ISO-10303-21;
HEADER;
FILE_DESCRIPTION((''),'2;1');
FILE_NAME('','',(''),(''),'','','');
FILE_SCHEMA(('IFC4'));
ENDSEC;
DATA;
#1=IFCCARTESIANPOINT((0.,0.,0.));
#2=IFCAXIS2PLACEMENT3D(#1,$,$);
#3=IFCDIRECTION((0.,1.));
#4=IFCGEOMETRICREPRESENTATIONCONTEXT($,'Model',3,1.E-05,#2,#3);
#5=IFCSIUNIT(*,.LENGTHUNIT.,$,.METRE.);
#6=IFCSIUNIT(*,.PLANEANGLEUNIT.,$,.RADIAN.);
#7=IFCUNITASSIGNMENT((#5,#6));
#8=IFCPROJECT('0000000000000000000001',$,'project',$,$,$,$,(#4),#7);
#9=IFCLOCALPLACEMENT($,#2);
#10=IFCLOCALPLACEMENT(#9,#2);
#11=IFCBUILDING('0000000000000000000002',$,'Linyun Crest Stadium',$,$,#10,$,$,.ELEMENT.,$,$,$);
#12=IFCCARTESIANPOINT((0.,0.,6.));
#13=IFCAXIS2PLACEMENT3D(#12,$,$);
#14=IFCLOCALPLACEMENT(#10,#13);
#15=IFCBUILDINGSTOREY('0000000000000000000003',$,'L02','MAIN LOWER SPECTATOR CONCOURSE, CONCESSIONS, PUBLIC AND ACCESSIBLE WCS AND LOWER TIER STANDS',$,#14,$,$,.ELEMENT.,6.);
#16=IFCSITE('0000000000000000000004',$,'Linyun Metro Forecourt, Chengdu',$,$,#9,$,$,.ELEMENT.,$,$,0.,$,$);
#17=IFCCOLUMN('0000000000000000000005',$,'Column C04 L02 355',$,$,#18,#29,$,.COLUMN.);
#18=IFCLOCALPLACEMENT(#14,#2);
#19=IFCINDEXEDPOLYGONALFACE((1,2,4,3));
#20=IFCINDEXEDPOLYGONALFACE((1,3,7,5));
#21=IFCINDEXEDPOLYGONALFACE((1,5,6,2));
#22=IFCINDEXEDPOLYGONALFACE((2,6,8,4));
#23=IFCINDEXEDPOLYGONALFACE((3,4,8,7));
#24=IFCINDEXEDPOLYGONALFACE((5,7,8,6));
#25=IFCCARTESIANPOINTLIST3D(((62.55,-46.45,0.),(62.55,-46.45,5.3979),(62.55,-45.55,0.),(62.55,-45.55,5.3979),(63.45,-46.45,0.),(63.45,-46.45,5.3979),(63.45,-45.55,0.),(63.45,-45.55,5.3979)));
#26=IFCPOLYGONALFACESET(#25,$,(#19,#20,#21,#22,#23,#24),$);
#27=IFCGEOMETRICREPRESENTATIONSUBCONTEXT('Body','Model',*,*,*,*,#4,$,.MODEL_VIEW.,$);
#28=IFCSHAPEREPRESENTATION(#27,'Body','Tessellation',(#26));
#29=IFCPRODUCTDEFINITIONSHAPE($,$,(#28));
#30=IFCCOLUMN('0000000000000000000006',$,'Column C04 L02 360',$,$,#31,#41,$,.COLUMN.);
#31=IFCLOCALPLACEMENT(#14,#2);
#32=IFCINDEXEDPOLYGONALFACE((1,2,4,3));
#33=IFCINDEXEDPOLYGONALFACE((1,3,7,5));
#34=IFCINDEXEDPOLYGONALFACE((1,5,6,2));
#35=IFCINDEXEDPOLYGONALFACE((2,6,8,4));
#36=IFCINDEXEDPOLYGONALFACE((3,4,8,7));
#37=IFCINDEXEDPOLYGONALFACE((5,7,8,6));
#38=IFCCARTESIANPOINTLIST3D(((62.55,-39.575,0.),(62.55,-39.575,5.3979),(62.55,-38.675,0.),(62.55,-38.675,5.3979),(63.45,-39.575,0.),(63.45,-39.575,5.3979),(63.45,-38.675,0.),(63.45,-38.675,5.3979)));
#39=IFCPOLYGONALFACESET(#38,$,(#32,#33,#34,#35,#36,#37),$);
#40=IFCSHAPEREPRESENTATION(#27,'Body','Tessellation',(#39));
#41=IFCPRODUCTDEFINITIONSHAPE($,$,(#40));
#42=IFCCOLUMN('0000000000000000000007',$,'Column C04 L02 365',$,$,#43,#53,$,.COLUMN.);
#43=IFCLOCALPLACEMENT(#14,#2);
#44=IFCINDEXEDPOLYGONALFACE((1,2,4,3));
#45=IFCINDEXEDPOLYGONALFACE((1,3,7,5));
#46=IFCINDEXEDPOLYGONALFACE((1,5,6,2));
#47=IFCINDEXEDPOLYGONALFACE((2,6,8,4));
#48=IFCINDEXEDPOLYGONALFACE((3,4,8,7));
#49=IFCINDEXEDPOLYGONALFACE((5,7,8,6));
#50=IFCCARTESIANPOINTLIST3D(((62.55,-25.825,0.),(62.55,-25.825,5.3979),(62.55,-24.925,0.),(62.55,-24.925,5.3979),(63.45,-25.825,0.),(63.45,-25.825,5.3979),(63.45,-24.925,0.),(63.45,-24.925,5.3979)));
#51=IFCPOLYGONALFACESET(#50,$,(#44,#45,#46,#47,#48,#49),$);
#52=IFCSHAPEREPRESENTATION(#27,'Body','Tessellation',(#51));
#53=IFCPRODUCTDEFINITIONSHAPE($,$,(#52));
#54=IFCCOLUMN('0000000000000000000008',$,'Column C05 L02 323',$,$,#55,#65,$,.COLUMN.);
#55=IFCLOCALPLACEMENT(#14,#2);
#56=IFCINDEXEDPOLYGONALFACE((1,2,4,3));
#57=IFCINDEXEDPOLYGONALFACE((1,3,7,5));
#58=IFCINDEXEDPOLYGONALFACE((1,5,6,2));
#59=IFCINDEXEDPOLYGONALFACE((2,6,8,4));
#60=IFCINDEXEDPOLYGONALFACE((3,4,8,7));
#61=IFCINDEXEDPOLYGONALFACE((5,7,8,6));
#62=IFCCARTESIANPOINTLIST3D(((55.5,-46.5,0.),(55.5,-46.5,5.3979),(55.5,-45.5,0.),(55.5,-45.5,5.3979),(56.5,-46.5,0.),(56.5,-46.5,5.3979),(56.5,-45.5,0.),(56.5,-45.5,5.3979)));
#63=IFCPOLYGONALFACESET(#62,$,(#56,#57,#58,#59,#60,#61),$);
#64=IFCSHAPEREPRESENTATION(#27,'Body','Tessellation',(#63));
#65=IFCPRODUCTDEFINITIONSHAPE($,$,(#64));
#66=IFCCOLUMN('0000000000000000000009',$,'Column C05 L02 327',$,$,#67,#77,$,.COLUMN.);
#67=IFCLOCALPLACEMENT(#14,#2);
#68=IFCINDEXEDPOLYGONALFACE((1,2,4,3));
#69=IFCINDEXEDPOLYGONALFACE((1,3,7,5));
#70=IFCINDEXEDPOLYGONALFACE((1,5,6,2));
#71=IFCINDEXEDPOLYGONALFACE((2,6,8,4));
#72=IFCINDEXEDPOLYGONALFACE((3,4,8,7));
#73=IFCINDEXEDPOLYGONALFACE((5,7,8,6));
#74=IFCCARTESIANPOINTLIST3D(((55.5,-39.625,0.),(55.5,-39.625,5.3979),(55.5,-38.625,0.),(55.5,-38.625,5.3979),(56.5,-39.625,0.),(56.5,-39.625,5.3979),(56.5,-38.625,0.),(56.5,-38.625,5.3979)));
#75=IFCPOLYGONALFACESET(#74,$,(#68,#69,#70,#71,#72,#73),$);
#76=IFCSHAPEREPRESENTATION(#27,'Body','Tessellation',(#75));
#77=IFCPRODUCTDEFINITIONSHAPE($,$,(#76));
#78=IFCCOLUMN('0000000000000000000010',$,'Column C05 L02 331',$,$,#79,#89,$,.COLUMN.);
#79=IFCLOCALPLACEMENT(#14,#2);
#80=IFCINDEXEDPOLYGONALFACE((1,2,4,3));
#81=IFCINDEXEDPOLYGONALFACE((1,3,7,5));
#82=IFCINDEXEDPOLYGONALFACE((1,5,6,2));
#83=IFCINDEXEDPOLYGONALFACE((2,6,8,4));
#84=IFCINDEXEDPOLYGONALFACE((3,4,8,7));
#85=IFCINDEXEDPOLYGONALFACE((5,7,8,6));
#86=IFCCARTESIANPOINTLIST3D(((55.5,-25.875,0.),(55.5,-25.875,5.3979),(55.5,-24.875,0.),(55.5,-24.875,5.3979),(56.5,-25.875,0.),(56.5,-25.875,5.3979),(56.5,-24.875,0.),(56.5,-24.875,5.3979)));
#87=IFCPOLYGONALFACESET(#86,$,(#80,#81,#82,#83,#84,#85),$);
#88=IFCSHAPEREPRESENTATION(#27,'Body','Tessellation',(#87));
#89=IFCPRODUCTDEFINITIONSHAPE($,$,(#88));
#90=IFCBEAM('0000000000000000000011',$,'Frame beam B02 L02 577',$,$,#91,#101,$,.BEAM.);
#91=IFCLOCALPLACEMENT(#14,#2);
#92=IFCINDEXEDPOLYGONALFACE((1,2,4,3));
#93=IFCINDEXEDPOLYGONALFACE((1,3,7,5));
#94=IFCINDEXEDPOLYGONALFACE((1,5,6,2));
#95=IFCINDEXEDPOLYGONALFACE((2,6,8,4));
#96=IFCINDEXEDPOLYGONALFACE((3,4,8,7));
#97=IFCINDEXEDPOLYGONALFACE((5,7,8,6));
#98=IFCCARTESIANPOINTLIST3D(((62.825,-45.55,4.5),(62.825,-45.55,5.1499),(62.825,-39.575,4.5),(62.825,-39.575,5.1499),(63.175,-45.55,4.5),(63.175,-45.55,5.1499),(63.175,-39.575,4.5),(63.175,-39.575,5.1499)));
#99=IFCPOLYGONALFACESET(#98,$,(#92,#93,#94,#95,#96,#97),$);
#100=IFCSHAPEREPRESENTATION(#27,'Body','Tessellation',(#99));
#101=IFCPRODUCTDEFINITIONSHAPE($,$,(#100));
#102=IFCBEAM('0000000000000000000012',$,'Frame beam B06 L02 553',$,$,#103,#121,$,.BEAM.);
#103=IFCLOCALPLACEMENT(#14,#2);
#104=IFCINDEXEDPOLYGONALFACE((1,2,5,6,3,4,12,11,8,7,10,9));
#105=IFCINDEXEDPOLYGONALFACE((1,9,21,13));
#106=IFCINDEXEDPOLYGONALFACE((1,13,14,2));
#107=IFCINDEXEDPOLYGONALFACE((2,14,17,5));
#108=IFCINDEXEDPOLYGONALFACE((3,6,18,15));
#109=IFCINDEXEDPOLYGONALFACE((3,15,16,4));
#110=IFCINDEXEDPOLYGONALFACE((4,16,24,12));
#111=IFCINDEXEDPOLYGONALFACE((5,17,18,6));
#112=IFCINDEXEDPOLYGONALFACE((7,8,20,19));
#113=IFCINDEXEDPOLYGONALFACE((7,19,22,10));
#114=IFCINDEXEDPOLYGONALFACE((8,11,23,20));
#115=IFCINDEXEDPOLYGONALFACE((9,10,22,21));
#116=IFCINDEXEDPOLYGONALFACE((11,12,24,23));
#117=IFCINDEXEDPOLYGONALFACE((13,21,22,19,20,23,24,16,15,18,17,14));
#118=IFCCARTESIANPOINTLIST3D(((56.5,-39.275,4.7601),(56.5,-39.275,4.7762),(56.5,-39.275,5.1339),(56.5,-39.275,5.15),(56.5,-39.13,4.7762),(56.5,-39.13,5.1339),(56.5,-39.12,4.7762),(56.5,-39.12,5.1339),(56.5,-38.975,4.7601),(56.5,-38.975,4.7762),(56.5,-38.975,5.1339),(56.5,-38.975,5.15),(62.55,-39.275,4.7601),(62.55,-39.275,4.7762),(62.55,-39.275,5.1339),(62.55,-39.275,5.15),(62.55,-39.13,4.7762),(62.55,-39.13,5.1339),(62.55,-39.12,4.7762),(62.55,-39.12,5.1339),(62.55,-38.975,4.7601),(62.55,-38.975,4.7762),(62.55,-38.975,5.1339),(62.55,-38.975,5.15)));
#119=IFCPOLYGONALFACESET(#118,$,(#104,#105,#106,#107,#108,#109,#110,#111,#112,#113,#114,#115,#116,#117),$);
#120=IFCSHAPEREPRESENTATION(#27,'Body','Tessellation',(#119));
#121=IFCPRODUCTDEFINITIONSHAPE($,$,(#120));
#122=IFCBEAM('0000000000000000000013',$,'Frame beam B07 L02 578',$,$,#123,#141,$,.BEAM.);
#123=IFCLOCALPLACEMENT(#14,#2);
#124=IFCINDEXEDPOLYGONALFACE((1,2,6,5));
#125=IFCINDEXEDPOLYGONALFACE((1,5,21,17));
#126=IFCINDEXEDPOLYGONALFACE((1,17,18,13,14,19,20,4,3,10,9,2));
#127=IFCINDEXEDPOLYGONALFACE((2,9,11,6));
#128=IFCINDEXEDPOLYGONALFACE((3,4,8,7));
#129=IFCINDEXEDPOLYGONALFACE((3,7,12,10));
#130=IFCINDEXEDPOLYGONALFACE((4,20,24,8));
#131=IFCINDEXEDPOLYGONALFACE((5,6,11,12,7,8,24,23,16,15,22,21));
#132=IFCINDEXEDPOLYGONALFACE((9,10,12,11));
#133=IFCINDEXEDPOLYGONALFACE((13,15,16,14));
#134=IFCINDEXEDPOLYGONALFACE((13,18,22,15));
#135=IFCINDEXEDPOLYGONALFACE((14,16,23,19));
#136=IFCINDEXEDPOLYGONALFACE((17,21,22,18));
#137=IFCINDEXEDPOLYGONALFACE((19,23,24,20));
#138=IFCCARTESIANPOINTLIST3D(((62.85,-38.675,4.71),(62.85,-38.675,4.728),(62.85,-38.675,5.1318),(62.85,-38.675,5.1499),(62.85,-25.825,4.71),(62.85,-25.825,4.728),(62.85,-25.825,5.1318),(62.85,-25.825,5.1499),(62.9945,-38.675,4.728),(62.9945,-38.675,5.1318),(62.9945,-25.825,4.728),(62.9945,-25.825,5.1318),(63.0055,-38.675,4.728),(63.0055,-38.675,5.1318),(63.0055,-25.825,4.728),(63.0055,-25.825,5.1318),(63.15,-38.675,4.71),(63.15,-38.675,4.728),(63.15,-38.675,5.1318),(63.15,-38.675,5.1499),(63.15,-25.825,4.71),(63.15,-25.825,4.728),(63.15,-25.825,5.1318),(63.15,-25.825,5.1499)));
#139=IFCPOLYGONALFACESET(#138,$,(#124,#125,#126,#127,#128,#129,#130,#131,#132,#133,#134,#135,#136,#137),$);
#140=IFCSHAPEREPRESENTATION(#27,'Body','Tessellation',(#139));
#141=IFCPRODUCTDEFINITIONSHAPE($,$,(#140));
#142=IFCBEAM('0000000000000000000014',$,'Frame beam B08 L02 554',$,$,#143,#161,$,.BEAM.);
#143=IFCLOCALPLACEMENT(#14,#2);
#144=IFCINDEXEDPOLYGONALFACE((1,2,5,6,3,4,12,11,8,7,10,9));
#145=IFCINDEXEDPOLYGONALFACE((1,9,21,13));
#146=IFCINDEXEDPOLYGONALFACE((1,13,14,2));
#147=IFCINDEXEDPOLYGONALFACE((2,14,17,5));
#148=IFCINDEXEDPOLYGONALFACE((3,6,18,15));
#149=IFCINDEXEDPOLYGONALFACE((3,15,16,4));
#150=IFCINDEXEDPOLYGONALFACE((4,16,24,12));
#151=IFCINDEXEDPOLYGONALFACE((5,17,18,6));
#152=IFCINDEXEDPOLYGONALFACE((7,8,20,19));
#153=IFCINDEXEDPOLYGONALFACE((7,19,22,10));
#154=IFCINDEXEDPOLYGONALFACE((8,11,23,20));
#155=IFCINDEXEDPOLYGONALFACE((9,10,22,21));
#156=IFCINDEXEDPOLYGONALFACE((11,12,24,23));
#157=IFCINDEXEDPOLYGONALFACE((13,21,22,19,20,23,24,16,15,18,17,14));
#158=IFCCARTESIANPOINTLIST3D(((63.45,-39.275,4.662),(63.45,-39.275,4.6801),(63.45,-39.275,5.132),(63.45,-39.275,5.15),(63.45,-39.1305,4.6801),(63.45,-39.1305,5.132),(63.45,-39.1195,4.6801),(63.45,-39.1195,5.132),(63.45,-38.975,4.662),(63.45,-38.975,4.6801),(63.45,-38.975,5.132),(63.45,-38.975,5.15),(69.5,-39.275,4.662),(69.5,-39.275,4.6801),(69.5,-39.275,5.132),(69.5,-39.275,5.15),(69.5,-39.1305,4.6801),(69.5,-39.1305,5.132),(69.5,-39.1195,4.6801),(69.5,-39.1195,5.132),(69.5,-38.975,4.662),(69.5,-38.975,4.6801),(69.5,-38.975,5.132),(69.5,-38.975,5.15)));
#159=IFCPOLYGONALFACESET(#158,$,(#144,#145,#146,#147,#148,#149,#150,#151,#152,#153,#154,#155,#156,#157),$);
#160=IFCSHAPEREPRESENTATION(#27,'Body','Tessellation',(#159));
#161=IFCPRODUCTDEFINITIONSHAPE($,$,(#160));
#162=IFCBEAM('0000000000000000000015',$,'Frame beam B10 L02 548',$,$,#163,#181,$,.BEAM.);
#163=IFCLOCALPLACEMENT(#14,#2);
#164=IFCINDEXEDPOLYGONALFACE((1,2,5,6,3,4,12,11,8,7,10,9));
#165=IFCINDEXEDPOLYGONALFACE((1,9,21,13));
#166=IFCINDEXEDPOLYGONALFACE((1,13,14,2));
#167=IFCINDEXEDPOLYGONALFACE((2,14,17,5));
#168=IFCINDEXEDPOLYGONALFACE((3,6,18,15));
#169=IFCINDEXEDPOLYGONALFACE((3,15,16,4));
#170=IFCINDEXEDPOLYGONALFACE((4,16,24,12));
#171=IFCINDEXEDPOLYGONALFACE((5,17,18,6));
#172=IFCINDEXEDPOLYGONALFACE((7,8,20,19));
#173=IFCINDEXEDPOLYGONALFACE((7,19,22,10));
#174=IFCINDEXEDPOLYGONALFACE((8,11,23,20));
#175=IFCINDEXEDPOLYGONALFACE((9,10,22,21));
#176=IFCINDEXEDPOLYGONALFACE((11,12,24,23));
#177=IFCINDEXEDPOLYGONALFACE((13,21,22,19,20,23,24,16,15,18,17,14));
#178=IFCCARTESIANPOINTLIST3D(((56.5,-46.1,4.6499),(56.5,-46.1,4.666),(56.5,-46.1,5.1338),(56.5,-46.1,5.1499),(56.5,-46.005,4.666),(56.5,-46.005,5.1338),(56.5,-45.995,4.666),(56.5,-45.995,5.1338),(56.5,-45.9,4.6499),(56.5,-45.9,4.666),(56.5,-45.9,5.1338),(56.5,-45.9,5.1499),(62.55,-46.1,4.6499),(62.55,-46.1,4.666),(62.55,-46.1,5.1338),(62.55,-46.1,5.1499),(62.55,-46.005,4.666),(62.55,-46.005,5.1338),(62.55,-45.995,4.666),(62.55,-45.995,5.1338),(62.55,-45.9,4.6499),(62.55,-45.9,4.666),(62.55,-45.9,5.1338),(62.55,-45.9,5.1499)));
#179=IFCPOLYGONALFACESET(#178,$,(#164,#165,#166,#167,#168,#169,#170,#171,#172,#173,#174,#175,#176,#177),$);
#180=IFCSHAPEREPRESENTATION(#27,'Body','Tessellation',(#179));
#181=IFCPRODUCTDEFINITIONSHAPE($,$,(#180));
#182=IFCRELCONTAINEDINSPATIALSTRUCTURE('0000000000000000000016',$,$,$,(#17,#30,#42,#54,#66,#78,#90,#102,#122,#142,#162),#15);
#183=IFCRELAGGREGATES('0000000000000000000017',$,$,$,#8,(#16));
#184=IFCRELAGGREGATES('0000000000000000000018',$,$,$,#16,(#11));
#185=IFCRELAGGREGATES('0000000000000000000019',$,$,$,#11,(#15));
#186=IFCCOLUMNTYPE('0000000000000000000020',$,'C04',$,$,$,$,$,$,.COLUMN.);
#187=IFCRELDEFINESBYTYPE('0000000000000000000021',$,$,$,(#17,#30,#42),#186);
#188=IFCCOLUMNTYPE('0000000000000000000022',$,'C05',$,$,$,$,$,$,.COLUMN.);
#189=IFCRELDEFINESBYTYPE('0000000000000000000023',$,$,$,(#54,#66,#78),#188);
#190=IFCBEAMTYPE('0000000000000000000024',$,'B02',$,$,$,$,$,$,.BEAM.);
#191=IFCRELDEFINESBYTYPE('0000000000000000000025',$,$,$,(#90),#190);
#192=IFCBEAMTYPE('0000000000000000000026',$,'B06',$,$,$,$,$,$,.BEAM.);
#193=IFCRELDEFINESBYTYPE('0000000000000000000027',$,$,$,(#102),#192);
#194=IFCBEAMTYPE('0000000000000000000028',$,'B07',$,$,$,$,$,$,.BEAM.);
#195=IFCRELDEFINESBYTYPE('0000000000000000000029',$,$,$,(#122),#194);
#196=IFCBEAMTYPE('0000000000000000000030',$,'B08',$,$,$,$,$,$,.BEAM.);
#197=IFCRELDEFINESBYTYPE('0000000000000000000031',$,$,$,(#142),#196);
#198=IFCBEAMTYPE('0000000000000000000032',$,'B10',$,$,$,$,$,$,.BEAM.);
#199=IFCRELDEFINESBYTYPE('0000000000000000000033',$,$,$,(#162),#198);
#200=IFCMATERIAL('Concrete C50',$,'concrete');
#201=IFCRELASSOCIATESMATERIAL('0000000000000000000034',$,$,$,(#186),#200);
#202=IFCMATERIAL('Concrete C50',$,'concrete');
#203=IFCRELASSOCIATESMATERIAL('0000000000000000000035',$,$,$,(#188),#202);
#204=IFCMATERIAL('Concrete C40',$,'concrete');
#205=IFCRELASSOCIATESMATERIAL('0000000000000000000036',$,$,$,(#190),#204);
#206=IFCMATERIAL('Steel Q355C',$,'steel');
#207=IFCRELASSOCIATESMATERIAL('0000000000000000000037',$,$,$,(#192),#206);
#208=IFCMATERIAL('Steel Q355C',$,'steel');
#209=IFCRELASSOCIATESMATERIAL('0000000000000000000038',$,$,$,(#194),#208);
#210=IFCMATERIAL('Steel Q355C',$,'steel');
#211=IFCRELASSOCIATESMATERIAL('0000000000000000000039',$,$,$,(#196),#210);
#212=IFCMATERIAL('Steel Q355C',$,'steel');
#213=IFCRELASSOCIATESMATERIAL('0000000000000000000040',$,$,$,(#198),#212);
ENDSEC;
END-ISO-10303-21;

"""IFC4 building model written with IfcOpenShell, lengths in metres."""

from ifc_helpers import new_model, si_unit, direction, frame, origin, origin_2d, place, context, subcontext, project, spatial, rectangle, i_section, extrude, material, material_profile, profile_set, type_object, element, save


model = new_model("IFC4")

# Units and contexts
model_context = context("Model", 3, precision=1e-05, world=origin(), true_north=direction((0.0, 1.0)))
body_context = subcontext(model_context, "Body", "Model", "MODEL_VIEW")
ifc_project = project(units=[si_unit("LENGTHUNIT", "METRE"), si_unit("PLANEANGLEUNIT", "RADIAN")], contexts=[model_context])

# Site, building, storey
site_placement = place(None, origin())
site = spatial("IfcSite", under=ifc_project, at=site_placement, Name="Linyun Metro Forecourt, Chengdu", CompositionType="ELEMENT", RefElevation=0.0)
building_placement = place(site_placement, origin())
building = spatial("IfcBuilding", under=site, at=building_placement, Name="Linyun Crest Stadium", CompositionType="ELEMENT")
storey_placement = place(building_placement, frame((0.0, 0.0, 6.0)))
storey = spatial("IfcBuildingStorey", under=building, at=storey_placement, Name="L02", Description="MAIN LOWER SPECTATOR CONCOURSE, CONCESSIONS, PUBLIC AND ACCESSIBLE WCS AND LOWER TIER STANDS", CompositionType="ELEMENT", Elevation=6.0)

# Columns
ifc_material_1 = material(Name="Concrete C50", Category="concrete")
ifc_material_profile_1 = material_profile(ifc_material_1, rectangle(XDim=0.8999, YDim=0.8999, at=origin_2d()), Name="RC 900x900")
ifc_profile_set_1 = profile_set([ifc_material_profile_1], Name="Concrete C50")
column_type_1 = type_object("IfcColumnType", Name="C04", PredefinedType="COLUMN", material=ifc_profile_set_1)
for number, where, z_axis, x_axis, name in (
    (1, (63.0, -46.0, 0.0), (0.0, 0.0, 1.0), (1.0, 0.0, 0.0), "Column C04 L02 355"),
    (2, (63.0, -39.125, 0.0), (0.0, 0.0, 1.0), (1.0, 0.0, 0.0), "Column C04 L02 360"),
    (3, (63.0, -25.375, 0.0), (0.0, 0.0, 1.0), (1.0, 0.0, 0.0), "Column C04 L02 365"),
):
    element("IfcColumn", number, at=place(storey_placement, frame(where, z_axis=z_axis, x_axis=x_axis)), inside=storey, type_object=column_type_1, Name=name, PredefinedType="COLUMN", context=body_context, shape_type="SweptSolid", body=[
        extrude(rectangle(XDim=0.8999, YDim=0.8999, at=origin_2d()), origin(), (0.0, 0.0, 1.0), 5.3979),
    ])
ifc_material_2 = material(Name="Concrete C50", Category="concrete")
ifc_material_profile_2 = material_profile(ifc_material_2, rectangle(XDim=1.0, YDim=1.0, at=origin_2d()), Name="RC 1000x1000")
ifc_profile_set_2 = profile_set([ifc_material_profile_2], Name="Concrete C50")
column_type_2 = type_object("IfcColumnType", Name="C05", PredefinedType="COLUMN", material=ifc_profile_set_2)
for number, where, z_axis, x_axis, name in (
    (4, (56.0, -46.0, 0.0), (0.0, 0.0, 1.0), (1.0, 0.0, 0.0), "Column C05 L02 323"),
    (5, (56.0, -39.125, 0.0), (0.0, 0.0, 1.0), (1.0, 0.0, 0.0), "Column C05 L02 327"),
    (6, (56.0, -25.375, 0.0), (0.0, 0.0, 1.0), (1.0, 0.0, 0.0), "Column C05 L02 331"),
):
    element("IfcColumn", number, at=place(storey_placement, frame(where, z_axis=z_axis, x_axis=x_axis)), inside=storey, type_object=column_type_2, Name=name, PredefinedType="COLUMN", context=body_context, shape_type="SweptSolid", body=[
        extrude(rectangle(XDim=1.0, YDim=1.0, at=origin_2d()), origin(), (0.0, 0.0, 1.0), 5.3979),
    ])

# Beams
ifc_material_3 = material(Name="Concrete C40", Category="concrete")
ifc_material_profile_3 = material_profile(ifc_material_3, rectangle(XDim=0.3501, YDim=0.6499, at=origin_2d()), Name="RCB 650x350")
ifc_profile_set_3 = profile_set([ifc_material_profile_3], Name="Concrete C40")
beam_type_1 = type_object("IfcBeamType", Name="B02", PredefinedType="BEAM", material=ifc_profile_set_3)
beam_1_placement = place(storey_placement, frame((63.0, -45.55, 4.825), z_axis=(0.0, 1.0, 0.0), x_axis=(-1.0, 0.0, 0.0)))
element("IfcBeam", 7, at=beam_1_placement, inside=storey, type_object=beam_type_1, Name="Frame beam B02 L02 577", PredefinedType="BEAM", context=body_context, shape_type="SweptSolid", body=[
    extrude(rectangle(XDim=0.3501, YDim=0.6499, at=origin_2d()), origin(), (0.0, 0.0, 1.0), 5.9751),
])
ifc_material_4 = material(Name="Steel Q355C", Category="steel")
ifc_material_profile_4 = material_profile(ifc_material_4, i_section(OverallWidth=0.3, OverallDepth=0.3899, WebThickness=0.01, FlangeThickness=0.0161, at=origin_2d()), Name="HM 390x300")
ifc_profile_set_4 = profile_set([ifc_material_profile_4], Name="Steel Q355C")
beam_type_2 = type_object("IfcBeamType", Name="B06", PredefinedType="BEAM", material=ifc_profile_set_4)
beam_2_placement = place(storey_placement, frame((56.5, -39.125, 4.9551), z_axis=(1.0, 0.0, 0.0), x_axis=(0.0, 1.0, 0.0)))
element("IfcBeam", 8, at=beam_2_placement, inside=storey, type_object=beam_type_2, Name="Frame beam B06 L02 553", PredefinedType="BEAM", context=body_context, shape_type="SweptSolid", body=[
    extrude(i_section(OverallWidth=0.3, OverallDepth=0.3899, WebThickness=0.01, FlangeThickness=0.0161, at=origin_2d()), origin(), (0.0, 0.0, 1.0), 6.05),
])
ifc_material_5 = material(Name="Steel Q355C", Category="steel")
ifc_material_profile_5 = material_profile(ifc_material_5, i_section(OverallWidth=0.3, OverallDepth=0.4399, WebThickness=0.011, FlangeThickness=0.0181, at=origin_2d()), Name="HM 440x300")
ifc_profile_set_5 = profile_set([ifc_material_profile_5], Name="Steel Q355C")
beam_type_3 = type_object("IfcBeamType", Name="B07", PredefinedType="BEAM", material=ifc_profile_set_5)
beam_3_placement = place(storey_placement, frame((63.0, -38.675, 4.9299), z_axis=(0.0, 1.0, 0.0), x_axis=(-1.0, 0.0, 0.0)))
element("IfcBeam", 9, at=beam_3_placement, inside=storey, type_object=beam_type_3, Name="Frame beam B07 L02 578", PredefinedType="BEAM", context=body_context, shape_type="SweptSolid", body=[
    extrude(i_section(OverallWidth=0.3, OverallDepth=0.4399, WebThickness=0.011, FlangeThickness=0.0181, at=origin_2d()), origin(), (0.0, 0.0, 1.0), 12.8501),
])
ifc_material_6 = material(Name="Steel Q355C", Category="steel")
ifc_material_profile_6 = material_profile(ifc_material_6, i_section(OverallWidth=0.3, OverallDepth=0.488, WebThickness=0.011, FlangeThickness=0.0181, at=origin_2d()), Name="HM 488x300")
ifc_profile_set_6 = profile_set([ifc_material_profile_6], Name="Steel Q355C")
beam_type_4 = type_object("IfcBeamType", Name="B08", PredefinedType="BEAM", material=ifc_profile_set_6)
beam_4_placement = place(storey_placement, frame((63.45, -39.125, 4.906), z_axis=(1.0, 0.0, 0.0), x_axis=(0.0, 1.0, 0.0)))
element("IfcBeam", 10, at=beam_4_placement, inside=storey, type_object=beam_type_4, Name="Frame beam B08 L02 554", PredefinedType="BEAM", context=body_context, shape_type="SweptSolid", body=[
    extrude(i_section(OverallWidth=0.3, OverallDepth=0.488, WebThickness=0.011, FlangeThickness=0.0181, at=origin_2d()), origin(), (0.0, 0.0, 1.0), 6.05),
])
ifc_material_7 = material(Name="Steel Q355C", Category="steel")
ifc_material_profile_7 = material_profile(ifc_material_7, i_section(OverallWidth=0.2, OverallDepth=0.5, WebThickness=0.01, FlangeThickness=0.0161, at=origin_2d()), Name="HN 500x200")
ifc_profile_set_7 = profile_set([ifc_material_profile_7], Name="Steel Q355C")
beam_type_5 = type_object("IfcBeamType", Name="B10", PredefinedType="BEAM", material=ifc_profile_set_7)
for number, where, z_axis, x_axis, name in (
    (11, (56.5, -46.0, 4.8999), (1.0, 0.0, 0.0), (0.0, 1.0, 0.0), "Frame beam B10 L02 548"),
):
    element("IfcBeam", number, at=place(storey_placement, frame(where, z_axis=z_axis, x_axis=x_axis)), inside=storey, type_object=beam_type_5, Name=name, PredefinedType="BEAM", context=body_context, shape_type="SweptSolid", body=[
        extrude(i_section(OverallWidth=0.2, OverallDepth=0.5, WebThickness=0.01, FlangeThickness=0.0161, at=origin_2d()), origin(), (0.0, 0.0, 1.0), 6.05),
    ])

save(model, "model.ifc")
